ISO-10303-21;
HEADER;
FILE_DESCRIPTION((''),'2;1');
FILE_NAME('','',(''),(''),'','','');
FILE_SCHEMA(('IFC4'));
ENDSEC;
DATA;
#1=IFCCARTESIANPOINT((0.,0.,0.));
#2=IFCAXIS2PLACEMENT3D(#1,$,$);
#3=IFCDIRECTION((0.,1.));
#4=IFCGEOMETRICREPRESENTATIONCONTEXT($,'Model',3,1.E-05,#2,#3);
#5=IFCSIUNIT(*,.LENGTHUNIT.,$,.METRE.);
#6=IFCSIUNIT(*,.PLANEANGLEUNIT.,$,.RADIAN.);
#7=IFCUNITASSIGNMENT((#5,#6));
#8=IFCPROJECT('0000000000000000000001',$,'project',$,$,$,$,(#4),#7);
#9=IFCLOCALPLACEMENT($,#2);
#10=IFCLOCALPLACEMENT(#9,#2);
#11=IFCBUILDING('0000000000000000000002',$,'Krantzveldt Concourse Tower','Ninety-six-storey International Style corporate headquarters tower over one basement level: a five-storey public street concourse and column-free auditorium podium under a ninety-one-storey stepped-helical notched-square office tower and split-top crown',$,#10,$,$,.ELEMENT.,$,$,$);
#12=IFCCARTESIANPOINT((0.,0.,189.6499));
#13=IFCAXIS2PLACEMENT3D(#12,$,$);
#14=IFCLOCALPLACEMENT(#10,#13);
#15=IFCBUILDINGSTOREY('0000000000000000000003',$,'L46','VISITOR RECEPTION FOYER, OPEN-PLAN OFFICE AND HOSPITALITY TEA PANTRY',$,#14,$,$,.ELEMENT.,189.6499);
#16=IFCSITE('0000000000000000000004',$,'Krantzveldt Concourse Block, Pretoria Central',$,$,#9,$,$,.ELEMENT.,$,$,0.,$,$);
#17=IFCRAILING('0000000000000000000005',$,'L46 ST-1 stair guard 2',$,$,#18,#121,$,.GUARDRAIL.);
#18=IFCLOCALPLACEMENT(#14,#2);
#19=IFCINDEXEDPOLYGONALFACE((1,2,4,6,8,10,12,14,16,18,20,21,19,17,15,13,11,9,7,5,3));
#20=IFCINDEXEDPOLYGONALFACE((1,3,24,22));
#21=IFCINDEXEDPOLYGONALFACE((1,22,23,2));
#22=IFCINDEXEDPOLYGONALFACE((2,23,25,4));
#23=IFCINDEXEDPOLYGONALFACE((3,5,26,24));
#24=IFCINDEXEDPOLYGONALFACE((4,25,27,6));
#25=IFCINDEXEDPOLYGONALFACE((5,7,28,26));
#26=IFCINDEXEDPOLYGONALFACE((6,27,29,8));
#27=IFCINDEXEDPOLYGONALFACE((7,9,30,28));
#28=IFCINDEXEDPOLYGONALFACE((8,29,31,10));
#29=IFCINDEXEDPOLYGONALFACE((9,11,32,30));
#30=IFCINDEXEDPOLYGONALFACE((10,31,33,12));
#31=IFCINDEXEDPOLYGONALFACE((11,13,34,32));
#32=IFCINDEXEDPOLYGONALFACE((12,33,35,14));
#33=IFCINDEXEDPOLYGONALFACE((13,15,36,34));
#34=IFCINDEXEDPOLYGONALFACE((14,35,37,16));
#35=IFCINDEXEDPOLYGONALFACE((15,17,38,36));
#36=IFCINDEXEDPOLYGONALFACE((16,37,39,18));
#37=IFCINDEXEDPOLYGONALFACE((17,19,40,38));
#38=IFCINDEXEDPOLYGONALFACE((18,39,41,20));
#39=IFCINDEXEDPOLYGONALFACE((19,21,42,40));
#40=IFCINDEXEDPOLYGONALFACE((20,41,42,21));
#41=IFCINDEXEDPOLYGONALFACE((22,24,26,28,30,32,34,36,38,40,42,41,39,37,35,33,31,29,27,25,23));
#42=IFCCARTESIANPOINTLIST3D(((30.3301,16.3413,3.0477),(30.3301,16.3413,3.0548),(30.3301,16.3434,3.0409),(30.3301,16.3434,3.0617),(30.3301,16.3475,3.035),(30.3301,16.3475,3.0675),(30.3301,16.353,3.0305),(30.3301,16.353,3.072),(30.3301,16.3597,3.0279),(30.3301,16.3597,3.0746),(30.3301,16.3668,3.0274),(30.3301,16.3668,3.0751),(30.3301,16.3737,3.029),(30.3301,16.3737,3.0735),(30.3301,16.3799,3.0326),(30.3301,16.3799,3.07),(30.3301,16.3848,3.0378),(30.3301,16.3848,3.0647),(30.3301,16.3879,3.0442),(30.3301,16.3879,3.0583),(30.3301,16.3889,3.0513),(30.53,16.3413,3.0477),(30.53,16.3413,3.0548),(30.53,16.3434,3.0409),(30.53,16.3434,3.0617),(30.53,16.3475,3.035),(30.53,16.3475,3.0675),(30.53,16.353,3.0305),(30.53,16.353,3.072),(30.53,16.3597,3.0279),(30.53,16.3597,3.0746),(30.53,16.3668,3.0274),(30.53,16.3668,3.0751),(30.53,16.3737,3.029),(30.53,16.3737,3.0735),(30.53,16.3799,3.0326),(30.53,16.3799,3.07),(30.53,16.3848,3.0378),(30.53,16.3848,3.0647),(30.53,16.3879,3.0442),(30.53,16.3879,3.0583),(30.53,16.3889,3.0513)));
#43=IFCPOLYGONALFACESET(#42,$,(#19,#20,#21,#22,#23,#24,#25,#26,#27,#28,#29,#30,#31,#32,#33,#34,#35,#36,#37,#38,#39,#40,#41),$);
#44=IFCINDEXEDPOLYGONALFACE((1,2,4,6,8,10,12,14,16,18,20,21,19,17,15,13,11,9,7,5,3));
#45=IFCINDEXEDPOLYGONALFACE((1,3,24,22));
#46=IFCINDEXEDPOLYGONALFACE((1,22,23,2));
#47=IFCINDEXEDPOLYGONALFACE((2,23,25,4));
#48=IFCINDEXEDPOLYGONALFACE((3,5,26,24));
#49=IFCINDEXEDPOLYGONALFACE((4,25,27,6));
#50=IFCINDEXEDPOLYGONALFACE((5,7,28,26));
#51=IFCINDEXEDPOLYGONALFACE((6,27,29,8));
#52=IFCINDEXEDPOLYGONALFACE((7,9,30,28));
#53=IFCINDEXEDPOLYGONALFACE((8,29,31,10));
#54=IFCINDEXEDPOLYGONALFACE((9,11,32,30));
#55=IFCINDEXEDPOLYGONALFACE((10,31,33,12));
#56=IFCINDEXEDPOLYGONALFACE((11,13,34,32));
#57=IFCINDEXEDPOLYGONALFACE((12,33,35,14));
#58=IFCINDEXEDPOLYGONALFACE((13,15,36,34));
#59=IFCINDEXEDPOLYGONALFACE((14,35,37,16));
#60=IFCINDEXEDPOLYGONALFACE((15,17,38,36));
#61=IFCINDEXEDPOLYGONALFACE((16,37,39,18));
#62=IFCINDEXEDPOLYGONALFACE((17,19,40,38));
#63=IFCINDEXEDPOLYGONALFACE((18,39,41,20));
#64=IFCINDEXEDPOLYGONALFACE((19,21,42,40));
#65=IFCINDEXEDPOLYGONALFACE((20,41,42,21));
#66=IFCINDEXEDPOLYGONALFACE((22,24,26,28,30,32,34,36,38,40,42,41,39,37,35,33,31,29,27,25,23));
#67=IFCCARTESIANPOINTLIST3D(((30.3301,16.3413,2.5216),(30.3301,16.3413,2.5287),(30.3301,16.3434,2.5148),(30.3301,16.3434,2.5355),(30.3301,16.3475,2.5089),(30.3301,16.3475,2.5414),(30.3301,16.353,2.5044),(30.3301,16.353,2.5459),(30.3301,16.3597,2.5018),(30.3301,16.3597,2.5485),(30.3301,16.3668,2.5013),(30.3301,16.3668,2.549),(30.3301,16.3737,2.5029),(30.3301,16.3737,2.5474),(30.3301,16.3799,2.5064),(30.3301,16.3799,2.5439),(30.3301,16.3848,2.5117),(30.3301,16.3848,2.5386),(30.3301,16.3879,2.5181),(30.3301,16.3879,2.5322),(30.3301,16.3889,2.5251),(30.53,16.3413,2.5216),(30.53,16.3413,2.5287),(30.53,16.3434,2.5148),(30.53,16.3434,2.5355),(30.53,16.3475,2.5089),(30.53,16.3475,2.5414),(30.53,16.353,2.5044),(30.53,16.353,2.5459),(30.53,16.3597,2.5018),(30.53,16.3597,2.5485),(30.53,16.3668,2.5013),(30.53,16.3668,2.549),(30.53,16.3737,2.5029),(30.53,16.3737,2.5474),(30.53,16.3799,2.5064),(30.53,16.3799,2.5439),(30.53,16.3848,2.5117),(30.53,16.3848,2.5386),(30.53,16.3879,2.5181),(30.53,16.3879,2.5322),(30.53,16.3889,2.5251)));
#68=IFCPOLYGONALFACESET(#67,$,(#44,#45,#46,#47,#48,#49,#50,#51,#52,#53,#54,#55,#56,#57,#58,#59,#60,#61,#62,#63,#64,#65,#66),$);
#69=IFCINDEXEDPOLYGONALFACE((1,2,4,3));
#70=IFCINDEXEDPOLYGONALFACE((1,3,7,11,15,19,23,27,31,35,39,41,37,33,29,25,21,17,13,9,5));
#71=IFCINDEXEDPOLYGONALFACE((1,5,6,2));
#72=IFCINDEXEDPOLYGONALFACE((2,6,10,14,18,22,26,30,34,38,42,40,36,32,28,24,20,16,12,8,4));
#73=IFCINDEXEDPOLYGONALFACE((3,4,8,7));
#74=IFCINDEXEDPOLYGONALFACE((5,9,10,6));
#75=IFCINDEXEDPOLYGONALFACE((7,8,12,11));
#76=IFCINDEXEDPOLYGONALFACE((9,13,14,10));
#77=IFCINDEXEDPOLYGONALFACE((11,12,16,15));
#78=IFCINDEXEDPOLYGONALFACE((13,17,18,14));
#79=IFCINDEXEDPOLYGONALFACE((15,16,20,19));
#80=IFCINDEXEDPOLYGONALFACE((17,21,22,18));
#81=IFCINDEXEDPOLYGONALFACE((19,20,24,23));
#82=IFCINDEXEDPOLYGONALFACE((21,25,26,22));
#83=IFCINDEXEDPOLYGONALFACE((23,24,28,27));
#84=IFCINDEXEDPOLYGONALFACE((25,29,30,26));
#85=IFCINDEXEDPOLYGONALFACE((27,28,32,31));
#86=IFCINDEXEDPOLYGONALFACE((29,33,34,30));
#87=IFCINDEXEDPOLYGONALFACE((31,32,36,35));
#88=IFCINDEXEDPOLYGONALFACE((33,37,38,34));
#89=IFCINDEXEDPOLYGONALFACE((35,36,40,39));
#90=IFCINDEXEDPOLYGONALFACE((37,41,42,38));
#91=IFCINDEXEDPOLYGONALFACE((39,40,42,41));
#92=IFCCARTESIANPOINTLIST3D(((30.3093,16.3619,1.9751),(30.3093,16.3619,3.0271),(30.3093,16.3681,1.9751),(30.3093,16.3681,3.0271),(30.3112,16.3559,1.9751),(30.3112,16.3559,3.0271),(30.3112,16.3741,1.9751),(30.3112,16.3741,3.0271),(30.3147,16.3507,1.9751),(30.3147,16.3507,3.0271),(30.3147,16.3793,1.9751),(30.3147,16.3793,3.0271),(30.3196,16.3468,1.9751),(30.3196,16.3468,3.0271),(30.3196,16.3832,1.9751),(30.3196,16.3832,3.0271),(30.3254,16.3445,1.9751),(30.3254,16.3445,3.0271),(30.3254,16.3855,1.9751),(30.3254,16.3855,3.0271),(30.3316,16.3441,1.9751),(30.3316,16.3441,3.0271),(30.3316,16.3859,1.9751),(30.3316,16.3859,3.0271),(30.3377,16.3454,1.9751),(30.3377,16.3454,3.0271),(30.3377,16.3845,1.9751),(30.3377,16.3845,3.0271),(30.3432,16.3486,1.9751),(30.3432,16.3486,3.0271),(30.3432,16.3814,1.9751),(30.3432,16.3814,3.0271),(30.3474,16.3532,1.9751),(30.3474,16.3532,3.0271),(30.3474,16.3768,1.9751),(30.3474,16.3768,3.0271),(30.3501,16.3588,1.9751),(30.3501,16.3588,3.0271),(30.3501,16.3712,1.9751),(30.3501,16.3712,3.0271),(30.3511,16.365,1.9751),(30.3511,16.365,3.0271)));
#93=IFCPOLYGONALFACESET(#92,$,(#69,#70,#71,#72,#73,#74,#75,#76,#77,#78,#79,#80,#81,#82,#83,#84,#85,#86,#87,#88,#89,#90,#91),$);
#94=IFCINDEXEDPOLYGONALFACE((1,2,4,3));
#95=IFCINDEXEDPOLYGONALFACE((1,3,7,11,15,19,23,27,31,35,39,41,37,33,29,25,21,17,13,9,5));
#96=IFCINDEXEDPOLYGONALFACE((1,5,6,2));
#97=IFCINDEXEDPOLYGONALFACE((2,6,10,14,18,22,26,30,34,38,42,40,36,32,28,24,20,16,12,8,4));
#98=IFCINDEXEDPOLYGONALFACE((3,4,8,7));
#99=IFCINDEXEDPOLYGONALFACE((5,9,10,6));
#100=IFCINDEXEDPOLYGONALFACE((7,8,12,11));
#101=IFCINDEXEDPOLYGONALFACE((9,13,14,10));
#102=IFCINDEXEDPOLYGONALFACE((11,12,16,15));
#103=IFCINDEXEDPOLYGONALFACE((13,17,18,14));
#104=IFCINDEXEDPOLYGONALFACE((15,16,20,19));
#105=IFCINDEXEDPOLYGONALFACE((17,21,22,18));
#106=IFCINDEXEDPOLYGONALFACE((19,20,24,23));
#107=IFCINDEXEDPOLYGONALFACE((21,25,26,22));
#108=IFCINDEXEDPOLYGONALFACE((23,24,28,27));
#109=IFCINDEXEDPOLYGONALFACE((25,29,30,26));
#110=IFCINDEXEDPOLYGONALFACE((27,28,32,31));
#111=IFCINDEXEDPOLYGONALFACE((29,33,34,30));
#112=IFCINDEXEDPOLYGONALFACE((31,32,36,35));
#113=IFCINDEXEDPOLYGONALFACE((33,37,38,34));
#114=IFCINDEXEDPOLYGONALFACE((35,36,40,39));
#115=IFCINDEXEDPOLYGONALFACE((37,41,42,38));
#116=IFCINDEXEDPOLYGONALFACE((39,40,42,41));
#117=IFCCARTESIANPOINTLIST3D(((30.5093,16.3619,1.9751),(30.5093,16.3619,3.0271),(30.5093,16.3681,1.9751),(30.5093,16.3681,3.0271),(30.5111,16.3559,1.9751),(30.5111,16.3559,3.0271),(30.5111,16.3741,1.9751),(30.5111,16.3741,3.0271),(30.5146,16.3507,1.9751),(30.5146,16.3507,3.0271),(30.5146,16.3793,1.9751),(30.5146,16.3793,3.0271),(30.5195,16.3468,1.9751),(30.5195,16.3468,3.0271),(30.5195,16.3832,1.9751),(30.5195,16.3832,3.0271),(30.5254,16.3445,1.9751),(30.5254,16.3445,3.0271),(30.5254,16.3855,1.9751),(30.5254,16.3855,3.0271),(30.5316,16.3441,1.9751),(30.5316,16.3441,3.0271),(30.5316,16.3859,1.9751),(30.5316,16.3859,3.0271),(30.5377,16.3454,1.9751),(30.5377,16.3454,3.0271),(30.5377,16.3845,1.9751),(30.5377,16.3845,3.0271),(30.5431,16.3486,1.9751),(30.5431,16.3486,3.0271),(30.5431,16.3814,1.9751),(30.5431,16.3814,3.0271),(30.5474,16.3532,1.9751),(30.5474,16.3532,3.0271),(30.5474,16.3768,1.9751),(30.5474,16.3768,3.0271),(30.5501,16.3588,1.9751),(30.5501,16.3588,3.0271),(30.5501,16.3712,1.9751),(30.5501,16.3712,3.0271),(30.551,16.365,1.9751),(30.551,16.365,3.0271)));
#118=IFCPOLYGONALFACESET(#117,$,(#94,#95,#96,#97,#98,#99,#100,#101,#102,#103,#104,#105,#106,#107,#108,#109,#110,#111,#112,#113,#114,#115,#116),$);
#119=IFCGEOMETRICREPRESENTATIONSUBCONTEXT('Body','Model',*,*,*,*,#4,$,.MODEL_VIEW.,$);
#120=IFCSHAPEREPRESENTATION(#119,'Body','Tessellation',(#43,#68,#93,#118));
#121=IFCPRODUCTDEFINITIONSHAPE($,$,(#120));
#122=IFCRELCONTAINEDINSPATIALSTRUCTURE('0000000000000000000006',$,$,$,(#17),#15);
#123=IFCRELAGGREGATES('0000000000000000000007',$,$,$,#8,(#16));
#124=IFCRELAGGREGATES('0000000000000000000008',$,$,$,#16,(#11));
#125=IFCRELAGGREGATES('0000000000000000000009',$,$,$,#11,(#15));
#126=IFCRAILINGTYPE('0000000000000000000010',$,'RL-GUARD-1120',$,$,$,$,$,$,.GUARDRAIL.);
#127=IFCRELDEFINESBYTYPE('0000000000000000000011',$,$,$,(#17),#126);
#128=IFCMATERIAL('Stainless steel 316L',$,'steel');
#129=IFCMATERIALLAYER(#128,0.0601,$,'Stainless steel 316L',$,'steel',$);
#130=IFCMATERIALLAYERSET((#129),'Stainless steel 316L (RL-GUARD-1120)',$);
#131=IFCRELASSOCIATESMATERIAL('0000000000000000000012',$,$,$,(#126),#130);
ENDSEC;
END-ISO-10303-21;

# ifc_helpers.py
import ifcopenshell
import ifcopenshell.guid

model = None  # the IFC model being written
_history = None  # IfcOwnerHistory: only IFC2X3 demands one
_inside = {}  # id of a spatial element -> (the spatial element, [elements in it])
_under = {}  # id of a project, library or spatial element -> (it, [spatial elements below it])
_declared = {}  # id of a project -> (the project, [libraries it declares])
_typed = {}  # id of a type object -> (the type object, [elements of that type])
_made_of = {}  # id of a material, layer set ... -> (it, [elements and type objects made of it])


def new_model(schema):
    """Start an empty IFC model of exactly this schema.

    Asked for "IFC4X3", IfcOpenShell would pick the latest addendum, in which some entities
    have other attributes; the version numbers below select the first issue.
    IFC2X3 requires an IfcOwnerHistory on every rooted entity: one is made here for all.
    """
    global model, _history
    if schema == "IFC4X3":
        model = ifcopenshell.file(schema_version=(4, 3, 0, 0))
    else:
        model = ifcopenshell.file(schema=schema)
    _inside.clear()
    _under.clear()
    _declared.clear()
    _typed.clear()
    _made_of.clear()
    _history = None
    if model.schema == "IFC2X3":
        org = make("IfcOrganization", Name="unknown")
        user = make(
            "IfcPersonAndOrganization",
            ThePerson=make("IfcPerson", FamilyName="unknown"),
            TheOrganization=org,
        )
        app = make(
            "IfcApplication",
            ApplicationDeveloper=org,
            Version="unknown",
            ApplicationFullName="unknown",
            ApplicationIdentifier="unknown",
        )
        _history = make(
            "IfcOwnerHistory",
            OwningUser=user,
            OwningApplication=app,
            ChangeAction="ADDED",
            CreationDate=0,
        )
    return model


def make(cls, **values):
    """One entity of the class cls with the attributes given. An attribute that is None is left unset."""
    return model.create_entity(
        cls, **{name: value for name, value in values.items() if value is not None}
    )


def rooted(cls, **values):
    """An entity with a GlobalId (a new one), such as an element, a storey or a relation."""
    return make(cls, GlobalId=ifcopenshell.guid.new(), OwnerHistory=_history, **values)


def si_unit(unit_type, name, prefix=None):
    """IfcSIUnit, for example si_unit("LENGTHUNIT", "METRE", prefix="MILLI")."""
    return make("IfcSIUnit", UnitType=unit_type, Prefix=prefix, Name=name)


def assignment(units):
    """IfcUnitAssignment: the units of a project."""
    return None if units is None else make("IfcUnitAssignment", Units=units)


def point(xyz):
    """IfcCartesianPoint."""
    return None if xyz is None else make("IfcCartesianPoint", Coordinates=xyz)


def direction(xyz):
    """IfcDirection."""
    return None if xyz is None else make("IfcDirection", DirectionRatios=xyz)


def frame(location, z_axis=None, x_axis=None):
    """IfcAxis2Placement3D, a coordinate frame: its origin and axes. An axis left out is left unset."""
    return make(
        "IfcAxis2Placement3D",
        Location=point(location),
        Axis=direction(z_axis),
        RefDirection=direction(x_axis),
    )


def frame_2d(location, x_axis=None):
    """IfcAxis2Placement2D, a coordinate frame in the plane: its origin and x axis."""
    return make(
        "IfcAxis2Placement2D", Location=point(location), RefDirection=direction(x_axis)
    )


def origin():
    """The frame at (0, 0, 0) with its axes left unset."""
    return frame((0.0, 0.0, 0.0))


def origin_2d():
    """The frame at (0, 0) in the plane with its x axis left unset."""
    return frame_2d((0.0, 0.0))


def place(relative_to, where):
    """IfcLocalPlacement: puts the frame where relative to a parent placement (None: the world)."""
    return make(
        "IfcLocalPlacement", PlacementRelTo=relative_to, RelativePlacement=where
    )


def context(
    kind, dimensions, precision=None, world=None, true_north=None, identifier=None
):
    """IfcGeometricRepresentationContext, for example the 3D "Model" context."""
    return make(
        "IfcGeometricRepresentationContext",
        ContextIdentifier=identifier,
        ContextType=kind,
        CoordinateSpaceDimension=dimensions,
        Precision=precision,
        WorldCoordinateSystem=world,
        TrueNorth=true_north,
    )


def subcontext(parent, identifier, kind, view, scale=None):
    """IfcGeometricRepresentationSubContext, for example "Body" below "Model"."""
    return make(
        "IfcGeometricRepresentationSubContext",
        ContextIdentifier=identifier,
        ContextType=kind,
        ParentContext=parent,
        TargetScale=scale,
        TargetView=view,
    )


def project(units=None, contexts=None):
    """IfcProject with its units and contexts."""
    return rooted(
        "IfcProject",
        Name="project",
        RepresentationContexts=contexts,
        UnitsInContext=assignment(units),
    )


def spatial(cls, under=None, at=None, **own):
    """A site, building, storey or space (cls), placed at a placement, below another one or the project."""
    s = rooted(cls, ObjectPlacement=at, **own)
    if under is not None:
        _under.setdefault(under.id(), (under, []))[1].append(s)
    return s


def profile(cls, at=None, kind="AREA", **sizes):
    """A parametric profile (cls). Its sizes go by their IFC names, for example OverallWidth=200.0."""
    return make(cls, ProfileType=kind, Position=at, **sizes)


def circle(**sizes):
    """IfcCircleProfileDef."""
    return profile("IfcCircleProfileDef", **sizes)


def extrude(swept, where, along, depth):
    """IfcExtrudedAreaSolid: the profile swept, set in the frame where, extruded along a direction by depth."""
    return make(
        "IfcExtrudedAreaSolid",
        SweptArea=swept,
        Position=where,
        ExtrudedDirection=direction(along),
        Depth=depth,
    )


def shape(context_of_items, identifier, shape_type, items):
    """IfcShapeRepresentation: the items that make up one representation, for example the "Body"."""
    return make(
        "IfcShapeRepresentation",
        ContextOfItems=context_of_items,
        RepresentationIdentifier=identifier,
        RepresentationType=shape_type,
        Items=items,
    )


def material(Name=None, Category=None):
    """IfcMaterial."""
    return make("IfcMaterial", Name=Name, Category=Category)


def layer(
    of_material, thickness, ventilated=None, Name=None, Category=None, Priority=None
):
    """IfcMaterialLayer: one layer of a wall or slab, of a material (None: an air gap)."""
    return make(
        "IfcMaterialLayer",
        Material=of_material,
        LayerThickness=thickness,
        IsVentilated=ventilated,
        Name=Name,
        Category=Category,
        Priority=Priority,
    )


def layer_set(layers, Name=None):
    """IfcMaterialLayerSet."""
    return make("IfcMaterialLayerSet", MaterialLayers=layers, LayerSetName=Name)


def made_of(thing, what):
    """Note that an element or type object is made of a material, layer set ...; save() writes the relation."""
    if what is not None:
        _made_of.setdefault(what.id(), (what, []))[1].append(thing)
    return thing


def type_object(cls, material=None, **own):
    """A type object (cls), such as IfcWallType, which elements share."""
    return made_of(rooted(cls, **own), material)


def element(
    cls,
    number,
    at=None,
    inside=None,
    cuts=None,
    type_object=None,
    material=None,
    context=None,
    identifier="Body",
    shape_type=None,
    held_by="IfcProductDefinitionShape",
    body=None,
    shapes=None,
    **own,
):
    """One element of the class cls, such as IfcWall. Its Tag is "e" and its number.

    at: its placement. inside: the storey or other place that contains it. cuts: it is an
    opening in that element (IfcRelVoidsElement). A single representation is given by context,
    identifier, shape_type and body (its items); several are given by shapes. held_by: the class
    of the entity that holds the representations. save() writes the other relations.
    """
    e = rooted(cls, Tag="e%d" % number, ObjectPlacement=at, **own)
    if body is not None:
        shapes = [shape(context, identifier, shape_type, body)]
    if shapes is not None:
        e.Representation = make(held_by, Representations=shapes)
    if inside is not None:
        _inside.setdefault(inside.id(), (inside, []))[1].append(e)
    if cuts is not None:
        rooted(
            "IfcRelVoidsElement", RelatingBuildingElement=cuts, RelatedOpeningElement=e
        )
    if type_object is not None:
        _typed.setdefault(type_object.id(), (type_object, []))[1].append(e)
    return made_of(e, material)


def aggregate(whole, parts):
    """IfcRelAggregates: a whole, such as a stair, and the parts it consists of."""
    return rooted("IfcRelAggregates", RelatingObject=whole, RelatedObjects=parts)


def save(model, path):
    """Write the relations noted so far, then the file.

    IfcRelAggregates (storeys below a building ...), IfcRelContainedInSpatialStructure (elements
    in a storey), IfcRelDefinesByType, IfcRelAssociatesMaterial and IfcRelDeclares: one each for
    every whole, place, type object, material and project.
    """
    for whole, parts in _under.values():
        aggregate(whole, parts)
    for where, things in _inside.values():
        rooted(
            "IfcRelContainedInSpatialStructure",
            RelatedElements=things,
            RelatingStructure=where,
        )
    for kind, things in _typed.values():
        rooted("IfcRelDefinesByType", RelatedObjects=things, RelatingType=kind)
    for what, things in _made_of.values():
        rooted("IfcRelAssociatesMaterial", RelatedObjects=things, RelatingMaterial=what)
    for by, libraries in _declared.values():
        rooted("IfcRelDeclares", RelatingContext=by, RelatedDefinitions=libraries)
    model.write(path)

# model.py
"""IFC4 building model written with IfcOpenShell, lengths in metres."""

from ifc_helpers import new_model, si_unit, direction, frame, origin, origin_2d, place, context, subcontext, project, spatial, circle, extrude, material, layer, layer_set, type_object, element, save


model = new_model("IFC4")

# Units and contexts
model_context = context("Model", 3, precision=1e-05, world=origin(), true_north=direction((0.0, 1.0)))
body_context = subcontext(model_context, "Body", "Model", "MODEL_VIEW")
ifc_project = project(units=[si_unit("LENGTHUNIT", "METRE"), si_unit("PLANEANGLEUNIT", "RADIAN")], contexts=[model_context])

# Site, building, storey
site_placement = place(None, origin())
site = spatial("IfcSite", under=ifc_project, at=site_placement, Name="Krantzveldt Concourse Block, Pretoria Central", CompositionType="ELEMENT", RefElevation=0.0)
building_placement = place(site_placement, origin())
building = spatial("IfcBuilding", under=site, at=building_placement, Name="Krantzveldt Concourse Tower", Description="Ninety-six-storey International Style corporate headquarters tower over one basement level: a five-storey public street concourse and column-free auditorium podium under a ninety-one-storey stepped-helical notched-square office tower and split-top crown", CompositionType="ELEMENT")
storey_placement = place(building_placement, frame((0.0, 0.0, 189.6499)))
storey = spatial("IfcBuildingStorey", under=building, at=storey_placement, Name="L46", Description="VISITOR RECEPTION FOYER, OPEN-PLAN OFFICE AND HOSPITALITY TEA PANTRY", CompositionType="ELEMENT", Elevation=189.6499)

# Railing
ifc_material_1 = material(Name="Stainless steel 316L", Category="steel")
ifc_layer_1 = layer(ifc_material_1, 0.0601, Name="Stainless steel 316L", Category="steel")
ifc_layer_set_1 = layer_set([ifc_layer_1], Name="Stainless steel 316L (RL-GUARD-1120)")
railing_type_1 = type_object("IfcRailingType", Name="RL-GUARD-1120", PredefinedType="GUARDRAIL", material=ifc_layer_set_1)
railing_1_placement = place(storey_placement, frame((30.3301, 16.365, 1.9751)))
element("IfcRailing", 1, at=railing_1_placement, inside=storey, type_object=railing_type_1, Name="L46 ST-1 stair guard 2", PredefinedType="GUARDRAIL", context=body_context, shape_type="SweptSolid", body=[
    extrude(circle(Radius=0.0239, at=origin_2d()), frame((0.0, 0.0, 1.0762), z_axis=(1.0, 0.0, 0.0), x_axis=(0.0, 1.0, 0.0)), (0.0, 0.0, 1.0), 0.2),
    extrude(circle(Radius=0.0239, at=origin_2d()), frame((0.0, 0.0, 0.55), z_axis=(1.0, 0.0, 0.0), x_axis=(0.0, 1.0, 0.0)), (0.0, 0.0, 1.0), 0.2),
    extrude(circle(Radius=0.021, at=origin_2d()), origin(), (0.0, 0.0, 1.0), 1.052),
    extrude(circle(Radius=0.021, at=origin_2d()), frame((0.2, 0.0, 0.0)), (0.0, 0.0, 1.0), 1.052),
])

save(model, "model.ifc")
